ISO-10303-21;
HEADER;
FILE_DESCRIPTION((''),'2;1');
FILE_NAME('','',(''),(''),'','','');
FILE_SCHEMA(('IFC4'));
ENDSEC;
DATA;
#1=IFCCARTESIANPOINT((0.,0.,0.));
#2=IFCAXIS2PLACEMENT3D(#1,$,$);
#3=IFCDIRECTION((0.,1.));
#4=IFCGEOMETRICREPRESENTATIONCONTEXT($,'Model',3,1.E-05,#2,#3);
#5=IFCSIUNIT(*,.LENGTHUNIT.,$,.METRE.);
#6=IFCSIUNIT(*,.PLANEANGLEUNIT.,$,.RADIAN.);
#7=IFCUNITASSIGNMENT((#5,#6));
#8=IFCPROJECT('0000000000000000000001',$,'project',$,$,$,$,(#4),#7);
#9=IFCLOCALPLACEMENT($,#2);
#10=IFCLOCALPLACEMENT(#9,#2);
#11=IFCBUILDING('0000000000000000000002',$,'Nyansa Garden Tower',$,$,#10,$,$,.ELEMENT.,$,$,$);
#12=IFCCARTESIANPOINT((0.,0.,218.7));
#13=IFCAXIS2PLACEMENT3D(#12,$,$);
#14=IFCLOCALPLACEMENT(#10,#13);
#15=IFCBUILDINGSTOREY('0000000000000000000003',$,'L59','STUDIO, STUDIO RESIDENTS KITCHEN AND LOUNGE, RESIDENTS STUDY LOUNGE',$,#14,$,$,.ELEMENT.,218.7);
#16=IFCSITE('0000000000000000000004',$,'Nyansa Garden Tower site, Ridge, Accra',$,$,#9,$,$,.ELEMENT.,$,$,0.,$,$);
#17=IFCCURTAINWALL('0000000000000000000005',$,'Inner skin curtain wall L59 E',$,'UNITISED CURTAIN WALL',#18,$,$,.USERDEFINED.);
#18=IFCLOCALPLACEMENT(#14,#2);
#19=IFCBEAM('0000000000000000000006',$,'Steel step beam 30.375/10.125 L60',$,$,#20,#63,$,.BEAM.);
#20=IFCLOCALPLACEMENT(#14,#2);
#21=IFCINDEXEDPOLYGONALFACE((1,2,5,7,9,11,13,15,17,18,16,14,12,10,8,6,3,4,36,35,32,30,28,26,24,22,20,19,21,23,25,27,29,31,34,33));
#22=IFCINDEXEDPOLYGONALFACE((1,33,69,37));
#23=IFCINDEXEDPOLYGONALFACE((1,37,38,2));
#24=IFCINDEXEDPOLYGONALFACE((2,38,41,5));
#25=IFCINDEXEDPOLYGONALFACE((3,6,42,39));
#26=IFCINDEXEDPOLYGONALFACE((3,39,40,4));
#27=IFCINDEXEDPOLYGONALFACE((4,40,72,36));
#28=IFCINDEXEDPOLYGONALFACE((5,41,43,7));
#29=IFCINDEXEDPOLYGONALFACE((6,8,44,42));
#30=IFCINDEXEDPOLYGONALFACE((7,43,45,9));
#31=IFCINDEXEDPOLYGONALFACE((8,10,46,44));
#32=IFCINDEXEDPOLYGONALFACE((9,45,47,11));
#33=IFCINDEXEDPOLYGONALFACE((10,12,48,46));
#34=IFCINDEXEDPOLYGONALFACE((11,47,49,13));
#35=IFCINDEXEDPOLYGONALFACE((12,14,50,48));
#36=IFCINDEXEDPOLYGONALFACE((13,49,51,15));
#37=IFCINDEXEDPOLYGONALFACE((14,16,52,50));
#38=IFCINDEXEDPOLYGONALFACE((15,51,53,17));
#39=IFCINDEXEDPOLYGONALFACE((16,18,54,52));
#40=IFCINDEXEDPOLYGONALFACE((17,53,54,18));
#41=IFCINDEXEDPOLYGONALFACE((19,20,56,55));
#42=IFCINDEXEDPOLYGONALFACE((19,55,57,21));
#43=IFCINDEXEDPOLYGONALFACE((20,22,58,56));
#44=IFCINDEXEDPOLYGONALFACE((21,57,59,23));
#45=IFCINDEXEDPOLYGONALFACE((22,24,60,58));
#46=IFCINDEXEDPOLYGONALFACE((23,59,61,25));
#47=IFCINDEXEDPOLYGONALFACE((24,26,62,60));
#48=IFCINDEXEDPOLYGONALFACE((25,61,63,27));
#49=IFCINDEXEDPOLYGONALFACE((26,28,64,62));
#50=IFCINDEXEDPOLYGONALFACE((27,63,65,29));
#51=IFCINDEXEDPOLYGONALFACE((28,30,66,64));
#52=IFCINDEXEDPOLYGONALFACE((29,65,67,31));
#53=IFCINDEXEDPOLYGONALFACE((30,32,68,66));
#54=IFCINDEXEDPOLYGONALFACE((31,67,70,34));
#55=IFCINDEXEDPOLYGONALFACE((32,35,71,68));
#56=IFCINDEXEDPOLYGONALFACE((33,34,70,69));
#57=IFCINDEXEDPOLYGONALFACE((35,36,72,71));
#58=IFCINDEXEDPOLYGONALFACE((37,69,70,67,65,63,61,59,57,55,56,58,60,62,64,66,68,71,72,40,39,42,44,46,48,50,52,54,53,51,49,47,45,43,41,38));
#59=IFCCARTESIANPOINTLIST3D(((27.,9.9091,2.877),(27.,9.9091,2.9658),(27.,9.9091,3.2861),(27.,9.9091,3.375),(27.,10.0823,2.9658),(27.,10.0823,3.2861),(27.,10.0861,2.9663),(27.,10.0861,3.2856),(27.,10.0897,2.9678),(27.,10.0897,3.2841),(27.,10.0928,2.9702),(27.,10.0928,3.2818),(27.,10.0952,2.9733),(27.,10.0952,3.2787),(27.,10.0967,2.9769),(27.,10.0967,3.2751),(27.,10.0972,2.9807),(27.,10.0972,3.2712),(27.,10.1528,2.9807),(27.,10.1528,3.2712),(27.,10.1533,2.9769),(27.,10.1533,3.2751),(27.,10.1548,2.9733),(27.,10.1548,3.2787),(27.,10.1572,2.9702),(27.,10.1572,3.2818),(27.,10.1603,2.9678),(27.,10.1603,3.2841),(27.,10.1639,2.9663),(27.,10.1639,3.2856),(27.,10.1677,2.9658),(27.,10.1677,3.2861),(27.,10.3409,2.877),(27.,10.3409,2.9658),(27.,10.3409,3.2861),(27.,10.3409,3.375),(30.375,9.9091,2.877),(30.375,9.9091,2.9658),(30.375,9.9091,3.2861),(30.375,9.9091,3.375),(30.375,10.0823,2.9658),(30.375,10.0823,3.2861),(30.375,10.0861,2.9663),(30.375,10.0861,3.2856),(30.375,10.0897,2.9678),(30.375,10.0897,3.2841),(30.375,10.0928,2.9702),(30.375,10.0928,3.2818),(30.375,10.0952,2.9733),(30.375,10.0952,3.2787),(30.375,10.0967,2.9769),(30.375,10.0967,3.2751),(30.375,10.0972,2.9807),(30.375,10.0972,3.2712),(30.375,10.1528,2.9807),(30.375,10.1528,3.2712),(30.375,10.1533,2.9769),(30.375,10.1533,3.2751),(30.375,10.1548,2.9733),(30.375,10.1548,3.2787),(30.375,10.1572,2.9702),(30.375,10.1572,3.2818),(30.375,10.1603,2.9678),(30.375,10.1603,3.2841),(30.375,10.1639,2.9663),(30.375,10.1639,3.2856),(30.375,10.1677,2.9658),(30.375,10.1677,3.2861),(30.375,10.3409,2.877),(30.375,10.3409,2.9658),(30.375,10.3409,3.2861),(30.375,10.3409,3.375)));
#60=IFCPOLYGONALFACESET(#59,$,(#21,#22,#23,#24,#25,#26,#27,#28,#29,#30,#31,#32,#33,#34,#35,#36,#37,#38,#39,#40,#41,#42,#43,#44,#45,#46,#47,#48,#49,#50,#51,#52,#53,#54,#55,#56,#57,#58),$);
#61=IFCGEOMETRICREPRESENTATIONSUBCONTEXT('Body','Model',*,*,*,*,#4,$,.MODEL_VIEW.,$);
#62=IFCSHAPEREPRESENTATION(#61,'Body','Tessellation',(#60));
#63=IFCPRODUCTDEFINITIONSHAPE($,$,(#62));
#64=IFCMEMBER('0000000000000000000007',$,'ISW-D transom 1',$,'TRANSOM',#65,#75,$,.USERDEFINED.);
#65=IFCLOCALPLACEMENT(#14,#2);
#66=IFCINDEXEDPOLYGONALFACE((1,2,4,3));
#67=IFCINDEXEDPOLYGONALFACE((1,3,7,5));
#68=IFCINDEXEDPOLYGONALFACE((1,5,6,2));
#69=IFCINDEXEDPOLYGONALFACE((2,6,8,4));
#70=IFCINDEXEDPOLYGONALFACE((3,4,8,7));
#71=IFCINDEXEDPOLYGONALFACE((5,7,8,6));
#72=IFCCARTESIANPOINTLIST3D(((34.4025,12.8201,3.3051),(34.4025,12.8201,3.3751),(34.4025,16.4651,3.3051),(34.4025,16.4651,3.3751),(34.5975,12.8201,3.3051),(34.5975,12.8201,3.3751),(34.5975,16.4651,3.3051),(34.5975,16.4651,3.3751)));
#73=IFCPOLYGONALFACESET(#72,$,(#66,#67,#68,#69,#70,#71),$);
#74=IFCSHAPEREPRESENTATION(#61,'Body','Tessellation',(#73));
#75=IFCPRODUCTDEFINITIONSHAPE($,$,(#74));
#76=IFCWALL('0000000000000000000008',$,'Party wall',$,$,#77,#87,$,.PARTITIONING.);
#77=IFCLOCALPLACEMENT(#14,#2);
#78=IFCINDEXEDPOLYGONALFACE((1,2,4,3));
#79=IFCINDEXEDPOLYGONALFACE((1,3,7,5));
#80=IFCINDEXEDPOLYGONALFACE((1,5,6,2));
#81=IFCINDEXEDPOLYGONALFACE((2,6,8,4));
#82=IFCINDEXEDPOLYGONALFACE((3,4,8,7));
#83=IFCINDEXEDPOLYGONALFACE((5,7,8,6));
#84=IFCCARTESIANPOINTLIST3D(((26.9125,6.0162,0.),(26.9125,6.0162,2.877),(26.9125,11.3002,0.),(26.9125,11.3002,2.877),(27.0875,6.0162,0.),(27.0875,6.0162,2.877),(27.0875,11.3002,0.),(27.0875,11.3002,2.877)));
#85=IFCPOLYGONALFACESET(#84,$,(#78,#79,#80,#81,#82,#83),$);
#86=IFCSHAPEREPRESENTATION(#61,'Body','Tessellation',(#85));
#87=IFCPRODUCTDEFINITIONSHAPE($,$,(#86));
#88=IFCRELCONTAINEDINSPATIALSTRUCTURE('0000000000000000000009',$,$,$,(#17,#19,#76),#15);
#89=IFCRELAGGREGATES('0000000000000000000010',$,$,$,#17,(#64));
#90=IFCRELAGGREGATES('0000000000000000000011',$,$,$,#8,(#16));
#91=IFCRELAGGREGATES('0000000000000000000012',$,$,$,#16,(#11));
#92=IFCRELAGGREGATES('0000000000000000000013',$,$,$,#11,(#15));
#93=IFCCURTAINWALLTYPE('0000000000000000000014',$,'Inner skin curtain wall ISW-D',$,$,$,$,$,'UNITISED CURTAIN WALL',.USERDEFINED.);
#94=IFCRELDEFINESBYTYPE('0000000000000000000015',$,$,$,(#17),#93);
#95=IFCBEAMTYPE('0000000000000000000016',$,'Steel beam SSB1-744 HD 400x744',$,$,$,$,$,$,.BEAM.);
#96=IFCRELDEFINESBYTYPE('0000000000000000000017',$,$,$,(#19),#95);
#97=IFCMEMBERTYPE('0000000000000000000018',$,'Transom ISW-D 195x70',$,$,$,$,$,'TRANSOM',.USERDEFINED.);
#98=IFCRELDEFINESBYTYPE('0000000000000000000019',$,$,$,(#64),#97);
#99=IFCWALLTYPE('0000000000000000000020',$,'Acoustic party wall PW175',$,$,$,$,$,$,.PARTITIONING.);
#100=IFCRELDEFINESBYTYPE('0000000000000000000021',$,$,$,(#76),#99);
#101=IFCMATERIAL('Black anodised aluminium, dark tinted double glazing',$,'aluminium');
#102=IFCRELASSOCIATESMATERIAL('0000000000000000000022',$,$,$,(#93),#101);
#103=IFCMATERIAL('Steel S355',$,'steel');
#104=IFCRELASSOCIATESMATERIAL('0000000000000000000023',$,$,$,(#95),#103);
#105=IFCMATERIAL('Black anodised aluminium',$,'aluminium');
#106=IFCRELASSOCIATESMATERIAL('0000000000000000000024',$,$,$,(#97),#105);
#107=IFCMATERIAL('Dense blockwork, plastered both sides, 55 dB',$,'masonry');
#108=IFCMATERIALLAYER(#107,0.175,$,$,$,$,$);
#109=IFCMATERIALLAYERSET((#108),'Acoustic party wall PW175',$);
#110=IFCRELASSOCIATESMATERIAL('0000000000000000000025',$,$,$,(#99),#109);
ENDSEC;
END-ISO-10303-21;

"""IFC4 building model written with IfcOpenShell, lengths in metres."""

from ifc_helpers import new_model, si_unit, direction, frame, frame_2d, origin, origin_2d, place, context, subcontext, project, spatial, rectangle, i_section, extrude, material, layer, layer_set, material_profile, profile_set, type_object, element, aggregate, save


model = new_model("IFC4")

# Units and contexts
model_context = context("Model", 3, precision=1e-05, world=origin(), true_north=direction((0.0, 1.0)))
body_context = subcontext(model_context, "Body", "Model", "MODEL_VIEW")
ifc_project = project(units=[si_unit("LENGTHUNIT", "METRE"), si_unit("PLANEANGLEUNIT", "RADIAN")], contexts=[model_context])

# Site, building, storey
site_placement = place(None, origin())
site = spatial("IfcSite", under=ifc_project, at=site_placement, Name="Nyansa Garden Tower site, Ridge, Accra", CompositionType="ELEMENT", RefElevation=0.0)
building_placement = place(site_placement, origin())
building = spatial("IfcBuilding", under=site, at=building_placement, Name="Nyansa Garden Tower", CompositionType="ELEMENT")
storey_placement = place(building_placement, frame((0.0, 0.0, 218.7)))
storey = spatial("IfcBuildingStorey", under=building, at=storey_placement, Name="L59", Description="STUDIO, STUDIO RESIDENTS KITCHEN AND LOUNGE, RESIDENTS STUDY LOUNGE", CompositionType="ELEMENT", Elevation=218.7)

# Curtain wall
ifc_material_1 = material(Name="Black anodised aluminium, dark tinted double glazing", Category="aluminium")
curtain_wall_type = type_object("IfcCurtainWallType", Name="Inner skin curtain wall ISW-D", ElementType="UNITISED CURTAIN WALL", PredefinedType="USERDEFINED", material=ifc_material_1)
curtain_wall_1_placement = place(storey_placement, origin())
curtain_wall_1 = element("IfcCurtainWall", 1, at=curtain_wall_1_placement, inside=storey, type_object=curtain_wall_type, Name="Inner skin curtain wall L59 E", ObjectType="UNITISED CURTAIN WALL", PredefinedType="USERDEFINED")

# Beam
ifc_material_2 = material(Name="Steel S355", Category="steel")
ifc_material_profile_1 = material_profile(ifc_material_2, i_section(OverallWidth=0.4319, OverallDepth=0.498, WebThickness=0.0557, FlangeThickness=0.0889, FilletRadius=0.0149, at=origin_2d()), Name="HD 400x744")
ifc_profile_set_1 = profile_set([ifc_material_profile_1], Name="Steel S355")
beam_type_1 = type_object("IfcBeamType", Name="Steel beam SSB1-744 HD 400x744", PredefinedType="BEAM", material=ifc_profile_set_1)
for number, where, z_axis, x_axis, name in (
    (2, (30.375, 10.125, 3.126), (-1.0, 0.0, 0.0), (0.0, -1.0, 0.0), "Steel step beam 30.375/10.125 L60"),
):
    element("IfcBeam", number, at=place(storey_placement, frame(where, z_axis=z_axis, x_axis=x_axis)), inside=storey, type_object=beam_type_1, Name=name, PredefinedType="BEAM", context=body_context, shape_type="SweptSolid", body=[
        extrude(i_section(OverallWidth=0.4319, OverallDepth=0.498, WebThickness=0.0557, FlangeThickness=0.0889, FilletRadius=0.0149, at=origin_2d()), origin(), (0.0, 0.0, 1.0), 3.375),
    ])

# Member
ifc_material_3 = material(Name="Black anodised aluminium", Category="aluminium")
ifc_material_profile_2 = material_profile(ifc_material_3, rectangle(XDim=0.1951, YDim=0.0701, at=origin_2d()), Name="Transom 195x70")
ifc_profile_set_2 = profile_set([ifc_material_profile_2], Name="Black anodised aluminium")
member_type_1 = type_object("IfcMemberType", Name="Transom ISW-D 195x70", ElementType="TRANSOM", PredefinedType="USERDEFINED", material=ifc_profile_set_2)
member_1_placement = place(storey_placement, frame((34.5, 12.8201, 3.3401), z_axis=(0.0, 1.0, 0.0), x_axis=(-1.0, 0.0, 0.0)))
member_1 = element("IfcMember", 3, at=member_1_placement, type_object=member_type_1, Name="ISW-D transom 1", ObjectType="TRANSOM", PredefinedType="USERDEFINED", context=body_context, shape_type="SweptSolid", body=[
    extrude(rectangle(XDim=0.1951, YDim=0.0701, at=origin_2d()), origin(), (0.0, 0.0, 1.0), 3.645),
])
aggregate(curtain_wall_1, [member_1])

# Wall
ifc_material_4 = material(Name="Dense blockwork, plastered both sides, 55 dB", Category="masonry")
ifc_layer_1 = layer(ifc_material_4, 0.175)
ifc_layer_set_1 = layer_set([ifc_layer_1], Name="Acoustic party wall PW175")
wall_type_1 = type_object("IfcWallType", Name="Acoustic party wall PW175", PredefinedType="PARTITIONING", material=ifc_layer_set_1)
wall_1_placement = place(storey_placement, frame((27.0, 6.0161, 0.0), z_axis=(0.0, 0.0, 1.0), x_axis=(0.0, 1.0, 0.0)))
element("IfcWall", 4, at=wall_1_placement, inside=storey, type_object=wall_type_1, Name="Party wall", PredefinedType="PARTITIONING", context=body_context, shape_type="SweptSolid", body=[
    extrude(rectangle(XDim=5.2839, YDim=0.175, at=frame_2d((2.6421, 0.0))), origin(), (0.0, 0.0, 1.0), 2.877),
])

save(model, "model.ifc")
